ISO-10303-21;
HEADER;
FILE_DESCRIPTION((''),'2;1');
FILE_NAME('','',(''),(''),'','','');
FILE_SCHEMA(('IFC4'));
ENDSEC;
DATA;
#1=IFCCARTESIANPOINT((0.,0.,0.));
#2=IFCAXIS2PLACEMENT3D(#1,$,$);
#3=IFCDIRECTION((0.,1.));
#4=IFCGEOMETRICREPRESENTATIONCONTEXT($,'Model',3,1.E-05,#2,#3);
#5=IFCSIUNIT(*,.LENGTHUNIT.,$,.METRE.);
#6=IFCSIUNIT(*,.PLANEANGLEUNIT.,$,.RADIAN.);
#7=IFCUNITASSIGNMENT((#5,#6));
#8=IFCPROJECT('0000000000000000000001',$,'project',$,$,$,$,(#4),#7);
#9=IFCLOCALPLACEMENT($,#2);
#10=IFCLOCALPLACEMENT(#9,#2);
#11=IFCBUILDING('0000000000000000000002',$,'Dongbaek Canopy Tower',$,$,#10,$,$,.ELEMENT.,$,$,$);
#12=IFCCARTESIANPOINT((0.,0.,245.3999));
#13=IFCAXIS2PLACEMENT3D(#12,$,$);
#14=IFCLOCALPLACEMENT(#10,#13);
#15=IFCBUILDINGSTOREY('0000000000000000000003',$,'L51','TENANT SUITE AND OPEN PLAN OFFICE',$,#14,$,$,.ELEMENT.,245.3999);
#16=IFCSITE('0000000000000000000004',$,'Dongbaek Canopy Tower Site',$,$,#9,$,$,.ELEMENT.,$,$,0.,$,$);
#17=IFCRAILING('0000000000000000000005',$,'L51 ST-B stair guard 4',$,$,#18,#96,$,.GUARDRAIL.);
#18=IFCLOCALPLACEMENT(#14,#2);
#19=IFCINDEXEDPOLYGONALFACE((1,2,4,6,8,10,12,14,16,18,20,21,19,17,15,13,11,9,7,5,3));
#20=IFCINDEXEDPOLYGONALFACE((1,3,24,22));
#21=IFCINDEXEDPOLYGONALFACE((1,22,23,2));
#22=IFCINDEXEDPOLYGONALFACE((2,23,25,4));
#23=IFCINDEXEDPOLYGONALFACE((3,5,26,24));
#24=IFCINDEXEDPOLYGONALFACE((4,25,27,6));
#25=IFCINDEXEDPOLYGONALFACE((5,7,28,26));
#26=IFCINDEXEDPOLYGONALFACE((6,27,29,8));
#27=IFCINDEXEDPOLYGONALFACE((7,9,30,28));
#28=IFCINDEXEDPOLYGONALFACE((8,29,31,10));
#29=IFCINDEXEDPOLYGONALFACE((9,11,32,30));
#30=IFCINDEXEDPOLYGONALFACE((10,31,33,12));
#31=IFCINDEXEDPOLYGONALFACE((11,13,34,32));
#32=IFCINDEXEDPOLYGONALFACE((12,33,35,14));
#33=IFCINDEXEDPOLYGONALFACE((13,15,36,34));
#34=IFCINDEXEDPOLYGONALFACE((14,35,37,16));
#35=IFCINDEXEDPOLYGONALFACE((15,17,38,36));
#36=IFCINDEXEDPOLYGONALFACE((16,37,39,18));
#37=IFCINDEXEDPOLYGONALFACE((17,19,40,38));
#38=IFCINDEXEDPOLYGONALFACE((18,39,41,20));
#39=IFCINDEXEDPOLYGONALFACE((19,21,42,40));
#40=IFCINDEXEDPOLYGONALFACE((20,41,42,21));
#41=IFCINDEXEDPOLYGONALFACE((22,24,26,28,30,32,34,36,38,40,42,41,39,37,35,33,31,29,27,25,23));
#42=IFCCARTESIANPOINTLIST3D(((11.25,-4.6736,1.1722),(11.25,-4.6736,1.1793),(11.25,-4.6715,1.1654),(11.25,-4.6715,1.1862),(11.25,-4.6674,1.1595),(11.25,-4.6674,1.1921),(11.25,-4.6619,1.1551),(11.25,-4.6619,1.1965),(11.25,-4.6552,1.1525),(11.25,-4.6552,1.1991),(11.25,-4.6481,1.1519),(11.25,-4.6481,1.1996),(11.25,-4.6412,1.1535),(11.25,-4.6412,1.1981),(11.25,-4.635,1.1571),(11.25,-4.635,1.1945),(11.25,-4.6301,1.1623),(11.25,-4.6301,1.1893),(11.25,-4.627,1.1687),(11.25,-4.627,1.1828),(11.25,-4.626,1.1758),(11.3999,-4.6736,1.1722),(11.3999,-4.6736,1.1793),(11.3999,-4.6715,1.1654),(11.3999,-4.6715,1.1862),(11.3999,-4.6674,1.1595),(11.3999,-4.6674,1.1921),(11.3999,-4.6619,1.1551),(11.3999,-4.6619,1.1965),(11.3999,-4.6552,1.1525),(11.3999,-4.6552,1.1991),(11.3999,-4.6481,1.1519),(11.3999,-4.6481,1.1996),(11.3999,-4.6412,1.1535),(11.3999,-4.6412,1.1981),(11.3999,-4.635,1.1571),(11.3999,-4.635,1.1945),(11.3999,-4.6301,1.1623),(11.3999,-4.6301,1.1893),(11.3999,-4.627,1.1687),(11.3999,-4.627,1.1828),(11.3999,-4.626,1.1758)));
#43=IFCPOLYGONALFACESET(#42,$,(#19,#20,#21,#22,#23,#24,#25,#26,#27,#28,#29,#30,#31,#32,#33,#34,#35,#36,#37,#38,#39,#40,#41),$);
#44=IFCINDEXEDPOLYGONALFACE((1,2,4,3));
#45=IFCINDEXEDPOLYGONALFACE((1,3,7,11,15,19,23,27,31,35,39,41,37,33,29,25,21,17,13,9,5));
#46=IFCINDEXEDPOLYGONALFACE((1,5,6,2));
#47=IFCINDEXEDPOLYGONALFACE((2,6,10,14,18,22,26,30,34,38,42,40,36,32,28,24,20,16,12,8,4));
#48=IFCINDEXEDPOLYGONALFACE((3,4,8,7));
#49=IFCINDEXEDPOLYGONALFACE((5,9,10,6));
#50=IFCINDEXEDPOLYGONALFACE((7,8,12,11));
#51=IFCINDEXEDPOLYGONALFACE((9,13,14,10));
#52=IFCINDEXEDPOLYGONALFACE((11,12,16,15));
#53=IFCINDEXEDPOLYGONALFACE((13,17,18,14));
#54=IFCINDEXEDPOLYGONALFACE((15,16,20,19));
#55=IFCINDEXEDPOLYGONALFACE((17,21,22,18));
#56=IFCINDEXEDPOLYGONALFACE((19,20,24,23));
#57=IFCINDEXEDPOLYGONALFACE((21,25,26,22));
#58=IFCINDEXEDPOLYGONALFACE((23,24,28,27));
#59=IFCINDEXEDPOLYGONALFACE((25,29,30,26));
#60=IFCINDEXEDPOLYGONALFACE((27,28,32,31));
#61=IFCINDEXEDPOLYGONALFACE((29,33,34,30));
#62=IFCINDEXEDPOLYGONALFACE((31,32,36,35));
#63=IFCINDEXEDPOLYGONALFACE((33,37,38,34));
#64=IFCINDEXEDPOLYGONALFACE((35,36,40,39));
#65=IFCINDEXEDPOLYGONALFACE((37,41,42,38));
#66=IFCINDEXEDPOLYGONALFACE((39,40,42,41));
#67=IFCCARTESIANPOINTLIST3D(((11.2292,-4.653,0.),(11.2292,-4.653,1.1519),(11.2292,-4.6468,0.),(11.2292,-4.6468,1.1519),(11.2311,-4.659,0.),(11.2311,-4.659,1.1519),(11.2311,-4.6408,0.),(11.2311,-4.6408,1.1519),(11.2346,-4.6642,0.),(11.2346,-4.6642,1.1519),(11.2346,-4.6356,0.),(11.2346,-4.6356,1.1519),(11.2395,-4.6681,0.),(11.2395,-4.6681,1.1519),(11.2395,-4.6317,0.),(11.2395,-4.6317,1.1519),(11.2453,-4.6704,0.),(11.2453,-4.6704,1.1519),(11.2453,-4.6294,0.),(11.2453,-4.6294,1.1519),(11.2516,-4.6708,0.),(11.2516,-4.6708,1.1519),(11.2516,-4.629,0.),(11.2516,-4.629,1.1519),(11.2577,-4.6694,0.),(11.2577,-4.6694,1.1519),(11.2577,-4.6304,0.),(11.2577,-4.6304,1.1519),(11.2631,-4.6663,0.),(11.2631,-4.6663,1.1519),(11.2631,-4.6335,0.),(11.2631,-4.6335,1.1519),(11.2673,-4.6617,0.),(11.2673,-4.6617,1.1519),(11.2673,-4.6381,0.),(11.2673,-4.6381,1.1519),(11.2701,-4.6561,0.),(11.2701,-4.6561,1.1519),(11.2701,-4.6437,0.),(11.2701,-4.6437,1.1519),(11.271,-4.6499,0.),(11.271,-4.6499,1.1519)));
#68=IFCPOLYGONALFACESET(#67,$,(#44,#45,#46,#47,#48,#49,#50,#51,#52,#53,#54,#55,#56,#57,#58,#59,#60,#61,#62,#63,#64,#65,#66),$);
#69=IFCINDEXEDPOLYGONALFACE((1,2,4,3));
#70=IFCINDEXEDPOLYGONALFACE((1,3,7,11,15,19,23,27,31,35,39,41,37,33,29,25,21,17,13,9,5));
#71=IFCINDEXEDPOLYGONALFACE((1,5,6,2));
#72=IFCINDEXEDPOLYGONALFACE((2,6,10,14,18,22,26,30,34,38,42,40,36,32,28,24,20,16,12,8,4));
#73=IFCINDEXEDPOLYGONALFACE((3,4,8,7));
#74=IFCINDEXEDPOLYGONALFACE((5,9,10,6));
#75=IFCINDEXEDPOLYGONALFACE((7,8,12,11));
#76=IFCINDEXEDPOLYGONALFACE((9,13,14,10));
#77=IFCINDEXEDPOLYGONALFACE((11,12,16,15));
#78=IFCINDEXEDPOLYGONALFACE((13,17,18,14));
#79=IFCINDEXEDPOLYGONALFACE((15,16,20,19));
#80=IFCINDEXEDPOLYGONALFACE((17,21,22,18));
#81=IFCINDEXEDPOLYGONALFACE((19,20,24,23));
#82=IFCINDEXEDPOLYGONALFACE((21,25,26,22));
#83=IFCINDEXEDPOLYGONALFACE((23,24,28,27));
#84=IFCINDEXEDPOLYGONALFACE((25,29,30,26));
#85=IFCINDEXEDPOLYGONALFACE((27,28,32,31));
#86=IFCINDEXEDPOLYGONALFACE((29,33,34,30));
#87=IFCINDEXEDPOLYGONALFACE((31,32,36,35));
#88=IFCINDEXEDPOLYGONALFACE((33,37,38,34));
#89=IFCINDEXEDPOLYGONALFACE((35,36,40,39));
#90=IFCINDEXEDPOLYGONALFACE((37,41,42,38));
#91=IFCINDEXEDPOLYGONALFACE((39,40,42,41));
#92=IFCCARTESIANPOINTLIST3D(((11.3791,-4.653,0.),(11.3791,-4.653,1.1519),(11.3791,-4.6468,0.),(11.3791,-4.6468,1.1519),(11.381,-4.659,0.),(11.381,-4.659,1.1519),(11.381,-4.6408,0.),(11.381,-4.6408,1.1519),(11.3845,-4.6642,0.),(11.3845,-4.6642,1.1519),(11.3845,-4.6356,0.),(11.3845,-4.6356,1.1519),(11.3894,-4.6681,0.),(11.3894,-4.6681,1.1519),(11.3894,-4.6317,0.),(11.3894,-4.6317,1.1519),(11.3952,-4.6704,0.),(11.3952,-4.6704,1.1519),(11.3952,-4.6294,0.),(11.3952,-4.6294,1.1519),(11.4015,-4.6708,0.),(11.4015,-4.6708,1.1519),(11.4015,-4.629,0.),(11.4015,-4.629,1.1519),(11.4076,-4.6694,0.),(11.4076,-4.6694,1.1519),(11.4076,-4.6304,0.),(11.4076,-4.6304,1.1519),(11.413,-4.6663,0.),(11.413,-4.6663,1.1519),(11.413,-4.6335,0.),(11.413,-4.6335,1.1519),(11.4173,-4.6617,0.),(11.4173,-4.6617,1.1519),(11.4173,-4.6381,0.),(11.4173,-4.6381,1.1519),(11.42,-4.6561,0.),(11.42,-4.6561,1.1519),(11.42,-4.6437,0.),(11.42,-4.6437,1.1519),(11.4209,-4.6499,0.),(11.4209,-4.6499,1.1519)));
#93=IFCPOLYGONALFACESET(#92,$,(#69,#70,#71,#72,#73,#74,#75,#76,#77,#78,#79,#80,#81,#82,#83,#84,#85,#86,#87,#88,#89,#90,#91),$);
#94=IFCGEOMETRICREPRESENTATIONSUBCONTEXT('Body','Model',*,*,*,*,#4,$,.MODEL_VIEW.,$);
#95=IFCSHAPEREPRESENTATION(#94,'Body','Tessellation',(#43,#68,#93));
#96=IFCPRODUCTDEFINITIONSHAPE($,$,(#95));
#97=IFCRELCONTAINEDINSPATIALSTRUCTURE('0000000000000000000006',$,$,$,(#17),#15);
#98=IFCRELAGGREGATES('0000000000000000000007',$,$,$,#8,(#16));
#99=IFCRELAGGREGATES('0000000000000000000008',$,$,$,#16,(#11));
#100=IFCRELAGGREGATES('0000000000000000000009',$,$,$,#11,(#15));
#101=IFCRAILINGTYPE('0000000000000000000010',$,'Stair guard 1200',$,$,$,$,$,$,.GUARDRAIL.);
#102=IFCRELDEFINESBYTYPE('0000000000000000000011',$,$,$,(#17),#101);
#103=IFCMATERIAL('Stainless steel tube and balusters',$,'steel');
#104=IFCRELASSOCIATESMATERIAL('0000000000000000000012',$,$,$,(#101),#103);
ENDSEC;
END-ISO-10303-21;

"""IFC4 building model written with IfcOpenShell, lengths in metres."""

from ifc_helpers import new_model, si_unit, direction, frame, origin, origin_2d, place, context, subcontext, project, spatial, circle, extrude, material, type_object, element, save


model = new_model("IFC4")

# Units and contexts
model_context = context("Model", 3, precision=1e-05, world=origin(), true_north=direction((0.0, 1.0)))
body_context = subcontext(model_context, "Body", "Model", "MODEL_VIEW")
ifc_project = project(units=[si_unit("LENGTHUNIT", "METRE"), si_unit("PLANEANGLEUNIT", "RADIAN")], contexts=[model_context])

# Site, building, storey
site_placement = place(None, origin())
site = spatial("IfcSite", under=ifc_project, at=site_placement, Name="Dongbaek Canopy Tower Site", CompositionType="ELEMENT", RefElevation=0.0)
building_placement = place(site_placement, origin())
building = spatial("IfcBuilding", under=site, at=building_placement, Name="Dongbaek Canopy Tower", CompositionType="ELEMENT")
storey_placement = place(building_placement, frame((0.0, 0.0, 245.3999)))
storey = spatial("IfcBuildingStorey", under=building, at=storey_placement, Name="L51", Description="TENANT SUITE AND OPEN PLAN OFFICE", CompositionType="ELEMENT", Elevation=245.3999)

# Railing
ifc_material_1 = material(Name="Stainless steel tube and balusters", Category="steel")
railing_type_1 = type_object("IfcRailingType", Name="Stair guard 1200", PredefinedType="GUARDRAIL", material=ifc_material_1)
railing_1_placement = place(storey_placement, frame((11.25, -4.6499, 0.0)))
element("IfcRailing", 1, at=railing_1_placement, inside=storey, type_object=railing_type_1, Name="L51 ST-B stair guard 4", PredefinedType="GUARDRAIL", context=body_context, shape_type="SweptSolid", body=[
    extrude(circle(Radius=0.0239, at=origin_2d()), frame((0.0, 0.0, 1.1758), z_axis=(1.0, 0.0, 0.0), x_axis=(0.0, 1.0, 0.0)), (0.0, 0.0, 1.0), 0.1499),
    extrude(circle(Radius=0.021, at=origin_2d()), origin(), (0.0, 0.0, 1.0), 1.1519),
    extrude(circle(Radius=0.021, at=origin_2d()), frame((0.1499, 0.0, 0.0)), (0.0, 0.0, 1.0), 1.1519),
])

save(model, "model.ifc")
